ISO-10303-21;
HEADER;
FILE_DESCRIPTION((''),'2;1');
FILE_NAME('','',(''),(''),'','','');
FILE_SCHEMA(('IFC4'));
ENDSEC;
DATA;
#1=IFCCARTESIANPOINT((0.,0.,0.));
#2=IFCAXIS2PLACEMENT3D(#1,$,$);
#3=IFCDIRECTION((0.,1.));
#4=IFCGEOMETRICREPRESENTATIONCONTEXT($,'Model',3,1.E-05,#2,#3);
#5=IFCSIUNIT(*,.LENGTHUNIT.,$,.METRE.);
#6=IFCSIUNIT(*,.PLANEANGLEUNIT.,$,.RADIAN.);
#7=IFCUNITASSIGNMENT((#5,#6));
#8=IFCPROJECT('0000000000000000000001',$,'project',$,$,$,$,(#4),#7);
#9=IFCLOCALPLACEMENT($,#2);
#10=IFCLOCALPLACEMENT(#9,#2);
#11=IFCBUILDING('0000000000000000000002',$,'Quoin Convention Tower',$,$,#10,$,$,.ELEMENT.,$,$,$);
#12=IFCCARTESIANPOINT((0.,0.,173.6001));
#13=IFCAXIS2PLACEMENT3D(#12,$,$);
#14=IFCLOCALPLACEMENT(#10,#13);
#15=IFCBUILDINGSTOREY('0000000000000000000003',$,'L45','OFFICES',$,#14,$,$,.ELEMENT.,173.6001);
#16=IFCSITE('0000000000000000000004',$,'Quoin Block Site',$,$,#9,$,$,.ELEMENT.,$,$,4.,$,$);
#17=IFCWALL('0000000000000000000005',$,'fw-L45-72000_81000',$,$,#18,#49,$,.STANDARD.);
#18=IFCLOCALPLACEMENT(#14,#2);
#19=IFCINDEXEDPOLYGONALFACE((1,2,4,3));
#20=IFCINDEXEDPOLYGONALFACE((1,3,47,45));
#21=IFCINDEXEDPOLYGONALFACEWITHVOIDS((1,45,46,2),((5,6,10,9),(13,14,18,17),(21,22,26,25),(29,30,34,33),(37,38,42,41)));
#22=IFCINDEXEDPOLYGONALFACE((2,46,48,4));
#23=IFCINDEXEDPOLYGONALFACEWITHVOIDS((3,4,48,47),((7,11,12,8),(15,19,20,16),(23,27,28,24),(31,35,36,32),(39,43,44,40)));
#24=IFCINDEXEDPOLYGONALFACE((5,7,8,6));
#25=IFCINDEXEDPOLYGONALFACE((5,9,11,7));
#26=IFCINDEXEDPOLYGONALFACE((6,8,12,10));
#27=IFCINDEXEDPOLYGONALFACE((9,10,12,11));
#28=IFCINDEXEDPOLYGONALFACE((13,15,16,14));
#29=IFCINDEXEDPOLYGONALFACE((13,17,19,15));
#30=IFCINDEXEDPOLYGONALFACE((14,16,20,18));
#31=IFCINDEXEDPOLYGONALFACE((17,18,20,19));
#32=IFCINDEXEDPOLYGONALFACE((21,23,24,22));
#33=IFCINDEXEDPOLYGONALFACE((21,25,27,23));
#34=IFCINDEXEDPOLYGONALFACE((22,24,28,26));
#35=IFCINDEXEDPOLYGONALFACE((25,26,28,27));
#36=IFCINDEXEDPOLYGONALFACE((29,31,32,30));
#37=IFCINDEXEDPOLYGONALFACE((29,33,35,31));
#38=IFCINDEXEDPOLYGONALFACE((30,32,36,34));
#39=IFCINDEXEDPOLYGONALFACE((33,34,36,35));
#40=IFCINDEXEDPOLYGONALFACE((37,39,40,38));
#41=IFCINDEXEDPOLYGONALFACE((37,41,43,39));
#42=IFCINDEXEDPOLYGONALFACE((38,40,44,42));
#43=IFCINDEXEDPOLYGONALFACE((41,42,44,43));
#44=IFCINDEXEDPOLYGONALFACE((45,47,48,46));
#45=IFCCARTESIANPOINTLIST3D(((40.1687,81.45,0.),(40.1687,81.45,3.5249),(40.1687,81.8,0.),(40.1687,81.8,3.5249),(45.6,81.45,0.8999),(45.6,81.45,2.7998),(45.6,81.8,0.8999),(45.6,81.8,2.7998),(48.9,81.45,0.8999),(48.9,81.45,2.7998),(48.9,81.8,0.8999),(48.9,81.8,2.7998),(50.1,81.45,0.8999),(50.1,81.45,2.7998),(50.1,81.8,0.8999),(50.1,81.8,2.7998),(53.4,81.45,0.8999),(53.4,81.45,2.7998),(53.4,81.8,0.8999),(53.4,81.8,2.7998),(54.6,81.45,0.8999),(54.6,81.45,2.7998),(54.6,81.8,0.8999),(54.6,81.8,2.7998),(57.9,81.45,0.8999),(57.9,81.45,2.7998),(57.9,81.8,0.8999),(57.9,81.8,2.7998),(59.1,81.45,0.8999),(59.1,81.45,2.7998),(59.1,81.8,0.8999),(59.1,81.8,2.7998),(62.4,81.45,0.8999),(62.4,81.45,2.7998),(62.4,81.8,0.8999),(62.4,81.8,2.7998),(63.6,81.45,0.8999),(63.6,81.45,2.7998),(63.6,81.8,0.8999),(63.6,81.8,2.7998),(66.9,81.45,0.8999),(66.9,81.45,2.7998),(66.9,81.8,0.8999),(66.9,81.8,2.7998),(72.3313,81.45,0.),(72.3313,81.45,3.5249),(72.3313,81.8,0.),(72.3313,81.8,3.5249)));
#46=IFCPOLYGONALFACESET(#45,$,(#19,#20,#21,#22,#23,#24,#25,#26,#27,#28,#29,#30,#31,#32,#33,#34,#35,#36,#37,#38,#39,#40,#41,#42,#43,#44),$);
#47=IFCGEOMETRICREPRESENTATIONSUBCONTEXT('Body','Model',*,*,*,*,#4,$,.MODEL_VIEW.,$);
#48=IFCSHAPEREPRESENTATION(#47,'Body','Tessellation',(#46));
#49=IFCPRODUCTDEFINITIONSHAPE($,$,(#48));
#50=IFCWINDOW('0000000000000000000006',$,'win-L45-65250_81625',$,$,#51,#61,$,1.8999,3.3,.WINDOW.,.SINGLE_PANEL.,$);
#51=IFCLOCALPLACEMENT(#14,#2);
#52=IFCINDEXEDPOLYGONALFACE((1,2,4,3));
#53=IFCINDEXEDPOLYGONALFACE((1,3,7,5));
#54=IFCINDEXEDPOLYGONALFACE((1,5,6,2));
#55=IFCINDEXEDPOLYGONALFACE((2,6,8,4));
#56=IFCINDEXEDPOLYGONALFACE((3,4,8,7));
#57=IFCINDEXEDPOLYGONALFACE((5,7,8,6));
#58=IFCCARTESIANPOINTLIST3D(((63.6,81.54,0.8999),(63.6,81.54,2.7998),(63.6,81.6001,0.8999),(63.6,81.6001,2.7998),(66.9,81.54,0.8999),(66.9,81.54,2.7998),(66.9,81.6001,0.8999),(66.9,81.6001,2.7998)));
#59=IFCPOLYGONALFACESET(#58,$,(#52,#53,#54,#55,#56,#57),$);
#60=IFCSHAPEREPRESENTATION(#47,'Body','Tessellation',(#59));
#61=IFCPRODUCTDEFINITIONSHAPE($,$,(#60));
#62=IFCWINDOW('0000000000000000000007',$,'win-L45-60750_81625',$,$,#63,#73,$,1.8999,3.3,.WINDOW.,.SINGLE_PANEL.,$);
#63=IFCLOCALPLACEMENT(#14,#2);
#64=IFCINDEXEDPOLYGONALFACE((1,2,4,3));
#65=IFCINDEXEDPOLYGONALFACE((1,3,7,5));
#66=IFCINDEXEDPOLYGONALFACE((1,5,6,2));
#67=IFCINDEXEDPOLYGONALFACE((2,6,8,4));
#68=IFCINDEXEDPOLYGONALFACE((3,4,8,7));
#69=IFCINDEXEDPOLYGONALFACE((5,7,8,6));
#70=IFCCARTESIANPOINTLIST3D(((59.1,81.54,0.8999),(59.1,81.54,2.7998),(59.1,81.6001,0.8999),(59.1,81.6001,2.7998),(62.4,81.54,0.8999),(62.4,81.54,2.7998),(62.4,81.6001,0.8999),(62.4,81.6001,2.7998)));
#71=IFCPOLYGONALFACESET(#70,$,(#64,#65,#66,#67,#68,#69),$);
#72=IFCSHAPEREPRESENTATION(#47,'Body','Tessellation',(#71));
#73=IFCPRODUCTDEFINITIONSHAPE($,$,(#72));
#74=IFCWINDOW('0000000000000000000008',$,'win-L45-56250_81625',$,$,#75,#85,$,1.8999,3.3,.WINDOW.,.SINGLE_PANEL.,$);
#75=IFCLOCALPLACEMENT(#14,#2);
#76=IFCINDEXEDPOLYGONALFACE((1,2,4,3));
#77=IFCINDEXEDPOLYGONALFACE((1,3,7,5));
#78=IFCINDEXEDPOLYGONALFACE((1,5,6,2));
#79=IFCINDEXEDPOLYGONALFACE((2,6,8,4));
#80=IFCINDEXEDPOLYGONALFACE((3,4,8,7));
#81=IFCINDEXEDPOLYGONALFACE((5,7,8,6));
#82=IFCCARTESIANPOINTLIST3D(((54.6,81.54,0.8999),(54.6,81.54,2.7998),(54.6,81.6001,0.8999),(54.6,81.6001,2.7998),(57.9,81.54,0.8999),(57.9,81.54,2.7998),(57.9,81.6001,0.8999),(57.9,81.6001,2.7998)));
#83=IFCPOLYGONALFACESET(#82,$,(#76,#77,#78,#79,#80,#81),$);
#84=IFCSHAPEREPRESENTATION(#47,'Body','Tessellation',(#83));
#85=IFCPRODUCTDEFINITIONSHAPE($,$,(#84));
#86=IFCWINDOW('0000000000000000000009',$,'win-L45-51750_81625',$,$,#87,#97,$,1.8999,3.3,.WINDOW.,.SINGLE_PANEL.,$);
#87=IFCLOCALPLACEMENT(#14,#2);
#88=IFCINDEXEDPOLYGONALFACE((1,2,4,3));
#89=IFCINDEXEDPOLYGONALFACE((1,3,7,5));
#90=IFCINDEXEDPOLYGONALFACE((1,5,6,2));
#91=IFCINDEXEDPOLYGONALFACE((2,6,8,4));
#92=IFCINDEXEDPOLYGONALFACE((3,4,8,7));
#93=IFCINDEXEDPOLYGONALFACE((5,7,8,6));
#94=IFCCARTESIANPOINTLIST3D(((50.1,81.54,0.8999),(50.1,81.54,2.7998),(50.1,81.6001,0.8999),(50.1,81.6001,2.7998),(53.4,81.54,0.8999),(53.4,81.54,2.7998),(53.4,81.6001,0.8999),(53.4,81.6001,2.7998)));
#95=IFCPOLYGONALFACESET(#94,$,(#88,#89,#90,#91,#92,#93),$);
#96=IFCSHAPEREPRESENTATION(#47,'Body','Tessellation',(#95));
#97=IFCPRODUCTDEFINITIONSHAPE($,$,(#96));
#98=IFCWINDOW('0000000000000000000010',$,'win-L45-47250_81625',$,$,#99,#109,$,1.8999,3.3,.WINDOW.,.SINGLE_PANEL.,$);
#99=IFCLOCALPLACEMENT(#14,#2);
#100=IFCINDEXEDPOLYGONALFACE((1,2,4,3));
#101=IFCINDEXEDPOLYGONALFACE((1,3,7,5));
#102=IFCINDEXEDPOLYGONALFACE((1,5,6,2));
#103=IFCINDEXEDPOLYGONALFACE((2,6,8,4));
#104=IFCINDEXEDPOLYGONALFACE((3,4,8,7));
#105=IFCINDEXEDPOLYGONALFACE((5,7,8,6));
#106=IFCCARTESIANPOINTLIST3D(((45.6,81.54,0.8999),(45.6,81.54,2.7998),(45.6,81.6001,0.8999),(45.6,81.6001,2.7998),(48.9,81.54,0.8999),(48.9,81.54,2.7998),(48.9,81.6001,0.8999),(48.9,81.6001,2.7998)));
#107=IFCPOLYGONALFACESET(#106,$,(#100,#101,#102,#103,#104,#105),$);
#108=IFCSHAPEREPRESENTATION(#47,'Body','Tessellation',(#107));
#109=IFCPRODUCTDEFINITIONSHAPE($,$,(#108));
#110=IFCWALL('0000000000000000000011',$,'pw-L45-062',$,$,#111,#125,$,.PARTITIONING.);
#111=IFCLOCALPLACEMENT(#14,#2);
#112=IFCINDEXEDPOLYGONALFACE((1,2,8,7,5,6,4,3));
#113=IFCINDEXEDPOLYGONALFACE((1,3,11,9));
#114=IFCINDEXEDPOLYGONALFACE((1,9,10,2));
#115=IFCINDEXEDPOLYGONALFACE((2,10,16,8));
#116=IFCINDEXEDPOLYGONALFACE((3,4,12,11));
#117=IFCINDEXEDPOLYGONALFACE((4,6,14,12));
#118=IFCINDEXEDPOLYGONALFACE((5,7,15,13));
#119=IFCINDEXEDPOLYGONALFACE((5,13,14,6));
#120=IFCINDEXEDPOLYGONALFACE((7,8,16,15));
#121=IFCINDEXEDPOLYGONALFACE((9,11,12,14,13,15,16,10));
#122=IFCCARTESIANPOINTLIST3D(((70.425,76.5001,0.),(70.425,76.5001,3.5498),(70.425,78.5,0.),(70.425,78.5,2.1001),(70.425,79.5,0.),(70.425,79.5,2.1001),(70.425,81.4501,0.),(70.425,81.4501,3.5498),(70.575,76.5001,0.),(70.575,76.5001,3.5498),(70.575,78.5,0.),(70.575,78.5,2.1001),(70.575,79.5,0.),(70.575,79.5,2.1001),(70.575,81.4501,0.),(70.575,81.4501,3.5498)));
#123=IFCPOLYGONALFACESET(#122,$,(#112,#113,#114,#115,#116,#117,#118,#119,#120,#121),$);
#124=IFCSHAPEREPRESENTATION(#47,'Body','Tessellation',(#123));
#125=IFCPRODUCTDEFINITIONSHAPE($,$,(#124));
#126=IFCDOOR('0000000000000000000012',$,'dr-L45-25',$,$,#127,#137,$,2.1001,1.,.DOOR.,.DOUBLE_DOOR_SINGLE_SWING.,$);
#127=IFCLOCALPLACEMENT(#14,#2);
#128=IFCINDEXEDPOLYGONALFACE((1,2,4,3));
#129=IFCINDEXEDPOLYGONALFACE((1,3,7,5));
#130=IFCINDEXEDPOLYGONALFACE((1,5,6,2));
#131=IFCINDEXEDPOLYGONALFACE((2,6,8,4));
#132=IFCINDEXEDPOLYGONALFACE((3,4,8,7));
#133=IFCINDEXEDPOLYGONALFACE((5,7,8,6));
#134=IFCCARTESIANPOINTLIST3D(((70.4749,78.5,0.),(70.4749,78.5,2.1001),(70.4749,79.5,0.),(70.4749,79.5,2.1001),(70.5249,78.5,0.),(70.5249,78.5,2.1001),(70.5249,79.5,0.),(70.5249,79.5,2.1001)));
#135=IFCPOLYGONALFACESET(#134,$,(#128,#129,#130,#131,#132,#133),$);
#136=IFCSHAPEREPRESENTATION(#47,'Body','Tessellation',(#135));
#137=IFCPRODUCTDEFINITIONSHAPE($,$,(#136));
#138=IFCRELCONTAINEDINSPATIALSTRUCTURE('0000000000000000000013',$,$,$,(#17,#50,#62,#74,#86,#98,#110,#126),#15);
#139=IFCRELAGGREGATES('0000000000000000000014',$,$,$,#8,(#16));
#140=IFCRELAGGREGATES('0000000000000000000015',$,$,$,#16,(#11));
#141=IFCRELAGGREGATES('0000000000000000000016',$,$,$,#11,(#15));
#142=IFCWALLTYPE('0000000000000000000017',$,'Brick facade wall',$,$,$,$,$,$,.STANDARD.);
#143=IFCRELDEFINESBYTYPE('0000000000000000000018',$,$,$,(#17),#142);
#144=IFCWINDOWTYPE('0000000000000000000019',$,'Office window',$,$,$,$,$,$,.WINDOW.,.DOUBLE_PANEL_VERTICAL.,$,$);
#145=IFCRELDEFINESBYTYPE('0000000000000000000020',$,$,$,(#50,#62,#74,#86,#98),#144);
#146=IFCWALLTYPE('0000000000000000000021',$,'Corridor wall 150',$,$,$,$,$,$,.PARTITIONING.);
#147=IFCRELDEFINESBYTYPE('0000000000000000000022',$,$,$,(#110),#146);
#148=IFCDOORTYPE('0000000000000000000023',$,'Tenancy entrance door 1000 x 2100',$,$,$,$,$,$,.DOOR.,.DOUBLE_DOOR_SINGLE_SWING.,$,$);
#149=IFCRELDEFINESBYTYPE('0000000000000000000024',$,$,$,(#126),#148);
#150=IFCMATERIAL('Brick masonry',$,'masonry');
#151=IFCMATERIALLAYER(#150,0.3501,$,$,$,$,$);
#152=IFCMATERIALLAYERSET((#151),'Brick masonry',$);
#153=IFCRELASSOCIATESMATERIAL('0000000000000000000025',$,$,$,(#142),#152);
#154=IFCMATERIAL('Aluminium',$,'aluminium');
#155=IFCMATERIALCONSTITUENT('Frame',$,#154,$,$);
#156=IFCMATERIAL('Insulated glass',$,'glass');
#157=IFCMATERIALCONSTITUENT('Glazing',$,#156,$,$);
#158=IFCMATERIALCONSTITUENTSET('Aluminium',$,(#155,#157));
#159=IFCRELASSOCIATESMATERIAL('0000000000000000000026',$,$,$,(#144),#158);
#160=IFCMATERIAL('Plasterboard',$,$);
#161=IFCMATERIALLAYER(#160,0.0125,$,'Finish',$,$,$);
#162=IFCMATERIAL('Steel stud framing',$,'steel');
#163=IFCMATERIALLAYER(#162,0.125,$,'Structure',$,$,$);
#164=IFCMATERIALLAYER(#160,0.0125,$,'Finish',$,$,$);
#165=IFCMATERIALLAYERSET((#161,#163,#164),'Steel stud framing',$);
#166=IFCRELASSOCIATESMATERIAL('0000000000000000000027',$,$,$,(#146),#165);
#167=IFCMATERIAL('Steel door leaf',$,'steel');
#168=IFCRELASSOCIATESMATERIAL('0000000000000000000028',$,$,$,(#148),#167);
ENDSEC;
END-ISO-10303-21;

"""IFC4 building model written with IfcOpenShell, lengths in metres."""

from ifc_helpers import new_model, si_unit, direction, frame, frame_2d, origin, place, context, subcontext, project, spatial, rectangle, extrude, material, layer, layer_set, constituent, constituent_set, type_object, element, fill, save


model = new_model("IFC4")

# Units and contexts
model_context = context("Model", 3, precision=1e-05, world=origin(), true_north=direction((0.0, 1.0)))
body_context = subcontext(model_context, "Body", "Model", "MODEL_VIEW")
ifc_project = project(units=[si_unit("LENGTHUNIT", "METRE"), si_unit("PLANEANGLEUNIT", "RADIAN")], contexts=[model_context])

# Site, building, storey
site_placement = place(None, origin())
site = spatial("IfcSite", under=ifc_project, at=site_placement, Name="Quoin Block Site", CompositionType="ELEMENT", RefElevation=4.0)
building_placement = place(site_placement, origin())
building = spatial("IfcBuilding", under=site, at=building_placement, Name="Quoin Convention Tower", CompositionType="ELEMENT")
storey_placement = place(building_placement, frame((0.0, 0.0, 173.6001)))
storey = spatial("IfcBuildingStorey", under=building, at=storey_placement, Name="L45", Description="OFFICES", CompositionType="ELEMENT", Elevation=173.6001)

# Shared definitions
ifc_material_1 = material(Name="Brick masonry", Category="masonry")
ifc_layer_1 = layer(ifc_material_1, 0.3501)
ifc_layer_set_1 = layer_set([ifc_layer_1], Name="Brick masonry")
wall_type_1 = type_object("IfcWallType", Name="Brick facade wall", PredefinedType="STANDARD", material=ifc_layer_set_1)
ifc_material_2 = material(Name="Aluminium", Category="aluminium")
ifc_constituent_1 = constituent(ifc_material_2, Name="Frame")
ifc_material_3 = material(Name="Insulated glass", Category="glass")
ifc_constituent_2 = constituent(ifc_material_3, Name="Glazing")
ifc_constituent_set = constituent_set(constituents=[ifc_constituent_1, ifc_constituent_2], Name="Aluminium")
window_type = type_object("IfcWindowType", Name="Office window", PartitioningType="DOUBLE_PANEL_VERTICAL", PredefinedType="WINDOW", material=ifc_constituent_set)

# Wall, openings, windows
wall_1_placement = place(storey_placement, frame((72.3313, 81.625, 0.0), z_axis=(0.0, 0.0, 1.0), x_axis=(-1.0, 0.0, 0.0)))
wall_1 = element("IfcWall", 1, at=wall_1_placement, inside=storey, type_object=wall_type_1, Name="fw-L45-72000_81000", PredefinedType="STANDARD", context=body_context, shape_type="SweptSolid", body=[
    extrude(rectangle(XDim=32.1626, YDim=0.3501, at=frame_2d((16.0813, 0.0))), origin(), (0.0, 0.0, 1.0), 3.5249),
])
opening_1_placement = place(wall_1_placement, frame((5.4314, 0.0, 0.8999)))
opening_1 = element("IfcOpeningElement", 2, at=opening_1_placement, cuts=wall_1, PredefinedType="OPENING", context=body_context, shape_type="SweptSolid", body=[
    extrude(rectangle(XDim=3.3, YDim=1.8999, at=frame_2d((1.6499, 0.95))), frame((0.0, 0.1851, 0.0), z_axis=(0.0, -1.0, 0.0), x_axis=(1.0, 0.0, 0.0)), (0.0, 0.0, 1.0), 0.3701),
])
opening_2_placement = place(wall_1_placement, frame((9.9314, 0.0, 0.8999)))
opening_2 = element("IfcOpeningElement", 3, at=opening_2_placement, cuts=wall_1, PredefinedType="OPENING", context=body_context, shape_type="SweptSolid", body=[
    extrude(rectangle(XDim=3.3, YDim=1.8999, at=frame_2d((1.6499, 0.95))), frame((0.0, 0.1851, 0.0), z_axis=(0.0, -1.0, 0.0), x_axis=(1.0, 0.0, 0.0)), (0.0, 0.0, 1.0), 0.3701),
])
opening_3_placement = place(wall_1_placement, frame((14.4314, 0.0, 0.8999)))
opening_3 = element("IfcOpeningElement", 4, at=opening_3_placement, cuts=wall_1, PredefinedType="OPENING", context=body_context, shape_type="SweptSolid", body=[
    extrude(rectangle(XDim=3.3, YDim=1.8999, at=frame_2d((1.6499, 0.95))), frame((0.0, 0.1851, 0.0), z_axis=(0.0, -1.0, 0.0), x_axis=(1.0, 0.0, 0.0)), (0.0, 0.0, 1.0), 0.3701),
])
opening_4_placement = place(wall_1_placement, frame((18.9314, 0.0, 0.8999)))
opening_4 = element("IfcOpeningElement", 5, at=opening_4_placement, cuts=wall_1, PredefinedType="OPENING", context=body_context, shape_type="SweptSolid", body=[
    extrude(rectangle(XDim=3.3, YDim=1.8999, at=frame_2d((1.6499, 0.95))), frame((0.0, 0.1851, 0.0), z_axis=(0.0, -1.0, 0.0), x_axis=(1.0, 0.0, 0.0)), (0.0, 0.0, 1.0), 0.3701),
])
opening_5_placement = place(wall_1_placement, frame((23.4314, 0.0, 0.8999)))
opening_5 = element("IfcOpeningElement", 6, at=opening_5_placement, cuts=wall_1, PredefinedType="OPENING", context=body_context, shape_type="SweptSolid", body=[
    extrude(rectangle(XDim=3.3, YDim=1.8999, at=frame_2d((1.6499, 0.95))), frame((0.0, 0.1851, 0.0), z_axis=(0.0, -1.0, 0.0), x_axis=(1.0, 0.0, 0.0)), (0.0, 0.0, 1.0), 0.3701),
])
window_1_placement = place(opening_1_placement, origin())
window_1 = element("IfcWindow", 7, at=window_1_placement, inside=storey, type_object=window_type, Name="win-L45-65250_81625", OverallHeight=1.8999, OverallWidth=3.3, PartitioningType="SINGLE_PANEL", PredefinedType="WINDOW", context=body_context, shape_type="SweptSolid", body=[
    extrude(rectangle(XDim=3.3, YDim=1.8999, at=frame_2d((1.6499, 0.95))), frame((0.0, 0.085, 0.0), z_axis=(0.0, -1.0, 0.0), x_axis=(1.0, 0.0, 0.0)), (0.0, 0.0, 1.0), 0.0601),
])
fill(opening_1, window_1)
window_2_placement = place(opening_2_placement, origin())
window_2 = element("IfcWindow", 8, at=window_2_placement, inside=storey, type_object=window_type, Name="win-L45-60750_81625", OverallHeight=1.8999, OverallWidth=3.3, PartitioningType="SINGLE_PANEL", PredefinedType="WINDOW", context=body_context, shape_type="SweptSolid", body=[
    extrude(rectangle(XDim=3.3, YDim=1.8999, at=frame_2d((1.6499, 0.95))), frame((0.0, 0.085, 0.0), z_axis=(0.0, -1.0, 0.0), x_axis=(1.0, 0.0, 0.0)), (0.0, 0.0, 1.0), 0.0601),
])
fill(opening_2, window_2)
window_3_placement = place(opening_3_placement, origin())
window_3 = element("IfcWindow", 9, at=window_3_placement, inside=storey, type_object=window_type, Name="win-L45-56250_81625", OverallHeight=1.8999, OverallWidth=3.3, PartitioningType="SINGLE_PANEL", PredefinedType="WINDOW", context=body_context, shape_type="SweptSolid", body=[
    extrude(rectangle(XDim=3.3, YDim=1.8999, at=frame_2d((1.6499, 0.95))), frame((0.0, 0.085, 0.0), z_axis=(0.0, -1.0, 0.0), x_axis=(1.0, 0.0, 0.0)), (0.0, 0.0, 1.0), 0.0601),
])
fill(opening_3, window_3)
window_4_placement = place(opening_4_placement, origin())
window_4 = element("IfcWindow", 10, at=window_4_placement, inside=storey, type_object=window_type, Name="win-L45-51750_81625", OverallHeight=1.8999, OverallWidth=3.3, PartitioningType="SINGLE_PANEL", PredefinedType="WINDOW", context=body_context, shape_type="SweptSolid", body=[
    extrude(rectangle(XDim=3.3, YDim=1.8999, at=frame_2d((1.6499, 0.95))), frame((0.0, 0.085, 0.0), z_axis=(0.0, -1.0, 0.0), x_axis=(1.0, 0.0, 0.0)), (0.0, 0.0, 1.0), 0.0601),
])
fill(opening_4, window_4)
window_5_placement = place(opening_5_placement, origin())
window_5 = element("IfcWindow", 11, at=window_5_placement, inside=storey, type_object=window_type, Name="win-L45-47250_81625", OverallHeight=1.8999, OverallWidth=3.3, PartitioningType="SINGLE_PANEL", PredefinedType="WINDOW", context=body_context, shape_type="SweptSolid", body=[
    extrude(rectangle(XDim=3.3, YDim=1.8999, at=frame_2d((1.6499, 0.95))), frame((0.0, 0.085, 0.0), z_axis=(0.0, -1.0, 0.0), x_axis=(1.0, 0.0, 0.0)), (0.0, 0.0, 1.0), 0.0601),
])
fill(opening_5, window_5)

# Wall, opening, door
ifc_material_4 = material(Name="Plasterboard")
ifc_layer_2 = layer(ifc_material_4, 0.0125, Name="Finish")
ifc_material_5 = material(Name="Steel stud framing", Category="steel")
ifc_layer_3 = layer(ifc_material_5, 0.125, Name="Structure")
ifc_layer_4 = layer(ifc_material_4, 0.0125, Name="Finish")
ifc_layer_set_2 = layer_set([ifc_layer_2, ifc_layer_3, ifc_layer_4], Name="Steel stud framing")
wall_type_2 = type_object("IfcWallType", Name="Corridor wall 150", PredefinedType="PARTITIONING", material=ifc_layer_set_2)
wall_2_placement = place(storey_placement, frame((70.5, 76.5, 0.0), z_axis=(0.0, 0.0, 1.0), x_axis=(0.0, 1.0, 0.0)))
wall_2 = element("IfcWall", 12, at=wall_2_placement, inside=storey, type_object=wall_type_2, Name="pw-L45-062", PredefinedType="PARTITIONING", context=body_context, shape_type="SweptSolid", body=[
    extrude(rectangle(XDim=4.95, YDim=0.1499, at=frame_2d((2.4751, 0.0))), origin(), (0.0, 0.0, 1.0), 3.5498),
])
opening_6_placement = place(wall_2_placement, frame((2.0, 0.0, 0.0)))
opening_6 = element("IfcOpeningElement", 13, at=opening_6_placement, cuts=wall_2, PredefinedType="OPENING", context=body_context, shape_type="SweptSolid", body=[
    extrude(rectangle(XDim=1.0, YDim=2.1001, at=frame_2d((0.5, 1.05))), frame((0.0, 0.085, 0.0), z_axis=(0.0, -1.0, 0.0), x_axis=(1.0, 0.0, 0.0)), (0.0, 0.0, 1.0), 0.1699),
])
ifc_material_6 = material(Name="Steel door leaf", Category="steel")
door_type_1 = type_object("IfcDoorType", Name="Tenancy entrance door 1000 x 2100", OperationType="DOUBLE_DOOR_SINGLE_SWING", PredefinedType="DOOR", material=ifc_material_6)
door_1_placement = place(opening_6_placement, frame((1.0, 0.0, 0.0), z_axis=(0.0, 0.0, 1.0), x_axis=(-1.0, 0.0, 0.0)))
door_1 = element("IfcDoor", 14, at=door_1_placement, inside=storey, type_object=door_type_1, Name="dr-L45-25", OperationType="DOUBLE_DOOR_SINGLE_SWING", OverallHeight=2.1001, OverallWidth=1.0, PredefinedType="DOOR", context=body_context, shape_type="SweptSolid", body=[
    extrude(rectangle(XDim=1.0, YDim=2.1001, at=frame_2d((0.5, 1.05))), frame((0.0, 0.0249, 0.0), z_axis=(0.0, -1.0, 0.0), x_axis=(1.0, 0.0, 0.0)), (0.0, 0.0, 1.0), 0.05),
])
fill(opening_6, door_1)

save(model, "model.ifc")
